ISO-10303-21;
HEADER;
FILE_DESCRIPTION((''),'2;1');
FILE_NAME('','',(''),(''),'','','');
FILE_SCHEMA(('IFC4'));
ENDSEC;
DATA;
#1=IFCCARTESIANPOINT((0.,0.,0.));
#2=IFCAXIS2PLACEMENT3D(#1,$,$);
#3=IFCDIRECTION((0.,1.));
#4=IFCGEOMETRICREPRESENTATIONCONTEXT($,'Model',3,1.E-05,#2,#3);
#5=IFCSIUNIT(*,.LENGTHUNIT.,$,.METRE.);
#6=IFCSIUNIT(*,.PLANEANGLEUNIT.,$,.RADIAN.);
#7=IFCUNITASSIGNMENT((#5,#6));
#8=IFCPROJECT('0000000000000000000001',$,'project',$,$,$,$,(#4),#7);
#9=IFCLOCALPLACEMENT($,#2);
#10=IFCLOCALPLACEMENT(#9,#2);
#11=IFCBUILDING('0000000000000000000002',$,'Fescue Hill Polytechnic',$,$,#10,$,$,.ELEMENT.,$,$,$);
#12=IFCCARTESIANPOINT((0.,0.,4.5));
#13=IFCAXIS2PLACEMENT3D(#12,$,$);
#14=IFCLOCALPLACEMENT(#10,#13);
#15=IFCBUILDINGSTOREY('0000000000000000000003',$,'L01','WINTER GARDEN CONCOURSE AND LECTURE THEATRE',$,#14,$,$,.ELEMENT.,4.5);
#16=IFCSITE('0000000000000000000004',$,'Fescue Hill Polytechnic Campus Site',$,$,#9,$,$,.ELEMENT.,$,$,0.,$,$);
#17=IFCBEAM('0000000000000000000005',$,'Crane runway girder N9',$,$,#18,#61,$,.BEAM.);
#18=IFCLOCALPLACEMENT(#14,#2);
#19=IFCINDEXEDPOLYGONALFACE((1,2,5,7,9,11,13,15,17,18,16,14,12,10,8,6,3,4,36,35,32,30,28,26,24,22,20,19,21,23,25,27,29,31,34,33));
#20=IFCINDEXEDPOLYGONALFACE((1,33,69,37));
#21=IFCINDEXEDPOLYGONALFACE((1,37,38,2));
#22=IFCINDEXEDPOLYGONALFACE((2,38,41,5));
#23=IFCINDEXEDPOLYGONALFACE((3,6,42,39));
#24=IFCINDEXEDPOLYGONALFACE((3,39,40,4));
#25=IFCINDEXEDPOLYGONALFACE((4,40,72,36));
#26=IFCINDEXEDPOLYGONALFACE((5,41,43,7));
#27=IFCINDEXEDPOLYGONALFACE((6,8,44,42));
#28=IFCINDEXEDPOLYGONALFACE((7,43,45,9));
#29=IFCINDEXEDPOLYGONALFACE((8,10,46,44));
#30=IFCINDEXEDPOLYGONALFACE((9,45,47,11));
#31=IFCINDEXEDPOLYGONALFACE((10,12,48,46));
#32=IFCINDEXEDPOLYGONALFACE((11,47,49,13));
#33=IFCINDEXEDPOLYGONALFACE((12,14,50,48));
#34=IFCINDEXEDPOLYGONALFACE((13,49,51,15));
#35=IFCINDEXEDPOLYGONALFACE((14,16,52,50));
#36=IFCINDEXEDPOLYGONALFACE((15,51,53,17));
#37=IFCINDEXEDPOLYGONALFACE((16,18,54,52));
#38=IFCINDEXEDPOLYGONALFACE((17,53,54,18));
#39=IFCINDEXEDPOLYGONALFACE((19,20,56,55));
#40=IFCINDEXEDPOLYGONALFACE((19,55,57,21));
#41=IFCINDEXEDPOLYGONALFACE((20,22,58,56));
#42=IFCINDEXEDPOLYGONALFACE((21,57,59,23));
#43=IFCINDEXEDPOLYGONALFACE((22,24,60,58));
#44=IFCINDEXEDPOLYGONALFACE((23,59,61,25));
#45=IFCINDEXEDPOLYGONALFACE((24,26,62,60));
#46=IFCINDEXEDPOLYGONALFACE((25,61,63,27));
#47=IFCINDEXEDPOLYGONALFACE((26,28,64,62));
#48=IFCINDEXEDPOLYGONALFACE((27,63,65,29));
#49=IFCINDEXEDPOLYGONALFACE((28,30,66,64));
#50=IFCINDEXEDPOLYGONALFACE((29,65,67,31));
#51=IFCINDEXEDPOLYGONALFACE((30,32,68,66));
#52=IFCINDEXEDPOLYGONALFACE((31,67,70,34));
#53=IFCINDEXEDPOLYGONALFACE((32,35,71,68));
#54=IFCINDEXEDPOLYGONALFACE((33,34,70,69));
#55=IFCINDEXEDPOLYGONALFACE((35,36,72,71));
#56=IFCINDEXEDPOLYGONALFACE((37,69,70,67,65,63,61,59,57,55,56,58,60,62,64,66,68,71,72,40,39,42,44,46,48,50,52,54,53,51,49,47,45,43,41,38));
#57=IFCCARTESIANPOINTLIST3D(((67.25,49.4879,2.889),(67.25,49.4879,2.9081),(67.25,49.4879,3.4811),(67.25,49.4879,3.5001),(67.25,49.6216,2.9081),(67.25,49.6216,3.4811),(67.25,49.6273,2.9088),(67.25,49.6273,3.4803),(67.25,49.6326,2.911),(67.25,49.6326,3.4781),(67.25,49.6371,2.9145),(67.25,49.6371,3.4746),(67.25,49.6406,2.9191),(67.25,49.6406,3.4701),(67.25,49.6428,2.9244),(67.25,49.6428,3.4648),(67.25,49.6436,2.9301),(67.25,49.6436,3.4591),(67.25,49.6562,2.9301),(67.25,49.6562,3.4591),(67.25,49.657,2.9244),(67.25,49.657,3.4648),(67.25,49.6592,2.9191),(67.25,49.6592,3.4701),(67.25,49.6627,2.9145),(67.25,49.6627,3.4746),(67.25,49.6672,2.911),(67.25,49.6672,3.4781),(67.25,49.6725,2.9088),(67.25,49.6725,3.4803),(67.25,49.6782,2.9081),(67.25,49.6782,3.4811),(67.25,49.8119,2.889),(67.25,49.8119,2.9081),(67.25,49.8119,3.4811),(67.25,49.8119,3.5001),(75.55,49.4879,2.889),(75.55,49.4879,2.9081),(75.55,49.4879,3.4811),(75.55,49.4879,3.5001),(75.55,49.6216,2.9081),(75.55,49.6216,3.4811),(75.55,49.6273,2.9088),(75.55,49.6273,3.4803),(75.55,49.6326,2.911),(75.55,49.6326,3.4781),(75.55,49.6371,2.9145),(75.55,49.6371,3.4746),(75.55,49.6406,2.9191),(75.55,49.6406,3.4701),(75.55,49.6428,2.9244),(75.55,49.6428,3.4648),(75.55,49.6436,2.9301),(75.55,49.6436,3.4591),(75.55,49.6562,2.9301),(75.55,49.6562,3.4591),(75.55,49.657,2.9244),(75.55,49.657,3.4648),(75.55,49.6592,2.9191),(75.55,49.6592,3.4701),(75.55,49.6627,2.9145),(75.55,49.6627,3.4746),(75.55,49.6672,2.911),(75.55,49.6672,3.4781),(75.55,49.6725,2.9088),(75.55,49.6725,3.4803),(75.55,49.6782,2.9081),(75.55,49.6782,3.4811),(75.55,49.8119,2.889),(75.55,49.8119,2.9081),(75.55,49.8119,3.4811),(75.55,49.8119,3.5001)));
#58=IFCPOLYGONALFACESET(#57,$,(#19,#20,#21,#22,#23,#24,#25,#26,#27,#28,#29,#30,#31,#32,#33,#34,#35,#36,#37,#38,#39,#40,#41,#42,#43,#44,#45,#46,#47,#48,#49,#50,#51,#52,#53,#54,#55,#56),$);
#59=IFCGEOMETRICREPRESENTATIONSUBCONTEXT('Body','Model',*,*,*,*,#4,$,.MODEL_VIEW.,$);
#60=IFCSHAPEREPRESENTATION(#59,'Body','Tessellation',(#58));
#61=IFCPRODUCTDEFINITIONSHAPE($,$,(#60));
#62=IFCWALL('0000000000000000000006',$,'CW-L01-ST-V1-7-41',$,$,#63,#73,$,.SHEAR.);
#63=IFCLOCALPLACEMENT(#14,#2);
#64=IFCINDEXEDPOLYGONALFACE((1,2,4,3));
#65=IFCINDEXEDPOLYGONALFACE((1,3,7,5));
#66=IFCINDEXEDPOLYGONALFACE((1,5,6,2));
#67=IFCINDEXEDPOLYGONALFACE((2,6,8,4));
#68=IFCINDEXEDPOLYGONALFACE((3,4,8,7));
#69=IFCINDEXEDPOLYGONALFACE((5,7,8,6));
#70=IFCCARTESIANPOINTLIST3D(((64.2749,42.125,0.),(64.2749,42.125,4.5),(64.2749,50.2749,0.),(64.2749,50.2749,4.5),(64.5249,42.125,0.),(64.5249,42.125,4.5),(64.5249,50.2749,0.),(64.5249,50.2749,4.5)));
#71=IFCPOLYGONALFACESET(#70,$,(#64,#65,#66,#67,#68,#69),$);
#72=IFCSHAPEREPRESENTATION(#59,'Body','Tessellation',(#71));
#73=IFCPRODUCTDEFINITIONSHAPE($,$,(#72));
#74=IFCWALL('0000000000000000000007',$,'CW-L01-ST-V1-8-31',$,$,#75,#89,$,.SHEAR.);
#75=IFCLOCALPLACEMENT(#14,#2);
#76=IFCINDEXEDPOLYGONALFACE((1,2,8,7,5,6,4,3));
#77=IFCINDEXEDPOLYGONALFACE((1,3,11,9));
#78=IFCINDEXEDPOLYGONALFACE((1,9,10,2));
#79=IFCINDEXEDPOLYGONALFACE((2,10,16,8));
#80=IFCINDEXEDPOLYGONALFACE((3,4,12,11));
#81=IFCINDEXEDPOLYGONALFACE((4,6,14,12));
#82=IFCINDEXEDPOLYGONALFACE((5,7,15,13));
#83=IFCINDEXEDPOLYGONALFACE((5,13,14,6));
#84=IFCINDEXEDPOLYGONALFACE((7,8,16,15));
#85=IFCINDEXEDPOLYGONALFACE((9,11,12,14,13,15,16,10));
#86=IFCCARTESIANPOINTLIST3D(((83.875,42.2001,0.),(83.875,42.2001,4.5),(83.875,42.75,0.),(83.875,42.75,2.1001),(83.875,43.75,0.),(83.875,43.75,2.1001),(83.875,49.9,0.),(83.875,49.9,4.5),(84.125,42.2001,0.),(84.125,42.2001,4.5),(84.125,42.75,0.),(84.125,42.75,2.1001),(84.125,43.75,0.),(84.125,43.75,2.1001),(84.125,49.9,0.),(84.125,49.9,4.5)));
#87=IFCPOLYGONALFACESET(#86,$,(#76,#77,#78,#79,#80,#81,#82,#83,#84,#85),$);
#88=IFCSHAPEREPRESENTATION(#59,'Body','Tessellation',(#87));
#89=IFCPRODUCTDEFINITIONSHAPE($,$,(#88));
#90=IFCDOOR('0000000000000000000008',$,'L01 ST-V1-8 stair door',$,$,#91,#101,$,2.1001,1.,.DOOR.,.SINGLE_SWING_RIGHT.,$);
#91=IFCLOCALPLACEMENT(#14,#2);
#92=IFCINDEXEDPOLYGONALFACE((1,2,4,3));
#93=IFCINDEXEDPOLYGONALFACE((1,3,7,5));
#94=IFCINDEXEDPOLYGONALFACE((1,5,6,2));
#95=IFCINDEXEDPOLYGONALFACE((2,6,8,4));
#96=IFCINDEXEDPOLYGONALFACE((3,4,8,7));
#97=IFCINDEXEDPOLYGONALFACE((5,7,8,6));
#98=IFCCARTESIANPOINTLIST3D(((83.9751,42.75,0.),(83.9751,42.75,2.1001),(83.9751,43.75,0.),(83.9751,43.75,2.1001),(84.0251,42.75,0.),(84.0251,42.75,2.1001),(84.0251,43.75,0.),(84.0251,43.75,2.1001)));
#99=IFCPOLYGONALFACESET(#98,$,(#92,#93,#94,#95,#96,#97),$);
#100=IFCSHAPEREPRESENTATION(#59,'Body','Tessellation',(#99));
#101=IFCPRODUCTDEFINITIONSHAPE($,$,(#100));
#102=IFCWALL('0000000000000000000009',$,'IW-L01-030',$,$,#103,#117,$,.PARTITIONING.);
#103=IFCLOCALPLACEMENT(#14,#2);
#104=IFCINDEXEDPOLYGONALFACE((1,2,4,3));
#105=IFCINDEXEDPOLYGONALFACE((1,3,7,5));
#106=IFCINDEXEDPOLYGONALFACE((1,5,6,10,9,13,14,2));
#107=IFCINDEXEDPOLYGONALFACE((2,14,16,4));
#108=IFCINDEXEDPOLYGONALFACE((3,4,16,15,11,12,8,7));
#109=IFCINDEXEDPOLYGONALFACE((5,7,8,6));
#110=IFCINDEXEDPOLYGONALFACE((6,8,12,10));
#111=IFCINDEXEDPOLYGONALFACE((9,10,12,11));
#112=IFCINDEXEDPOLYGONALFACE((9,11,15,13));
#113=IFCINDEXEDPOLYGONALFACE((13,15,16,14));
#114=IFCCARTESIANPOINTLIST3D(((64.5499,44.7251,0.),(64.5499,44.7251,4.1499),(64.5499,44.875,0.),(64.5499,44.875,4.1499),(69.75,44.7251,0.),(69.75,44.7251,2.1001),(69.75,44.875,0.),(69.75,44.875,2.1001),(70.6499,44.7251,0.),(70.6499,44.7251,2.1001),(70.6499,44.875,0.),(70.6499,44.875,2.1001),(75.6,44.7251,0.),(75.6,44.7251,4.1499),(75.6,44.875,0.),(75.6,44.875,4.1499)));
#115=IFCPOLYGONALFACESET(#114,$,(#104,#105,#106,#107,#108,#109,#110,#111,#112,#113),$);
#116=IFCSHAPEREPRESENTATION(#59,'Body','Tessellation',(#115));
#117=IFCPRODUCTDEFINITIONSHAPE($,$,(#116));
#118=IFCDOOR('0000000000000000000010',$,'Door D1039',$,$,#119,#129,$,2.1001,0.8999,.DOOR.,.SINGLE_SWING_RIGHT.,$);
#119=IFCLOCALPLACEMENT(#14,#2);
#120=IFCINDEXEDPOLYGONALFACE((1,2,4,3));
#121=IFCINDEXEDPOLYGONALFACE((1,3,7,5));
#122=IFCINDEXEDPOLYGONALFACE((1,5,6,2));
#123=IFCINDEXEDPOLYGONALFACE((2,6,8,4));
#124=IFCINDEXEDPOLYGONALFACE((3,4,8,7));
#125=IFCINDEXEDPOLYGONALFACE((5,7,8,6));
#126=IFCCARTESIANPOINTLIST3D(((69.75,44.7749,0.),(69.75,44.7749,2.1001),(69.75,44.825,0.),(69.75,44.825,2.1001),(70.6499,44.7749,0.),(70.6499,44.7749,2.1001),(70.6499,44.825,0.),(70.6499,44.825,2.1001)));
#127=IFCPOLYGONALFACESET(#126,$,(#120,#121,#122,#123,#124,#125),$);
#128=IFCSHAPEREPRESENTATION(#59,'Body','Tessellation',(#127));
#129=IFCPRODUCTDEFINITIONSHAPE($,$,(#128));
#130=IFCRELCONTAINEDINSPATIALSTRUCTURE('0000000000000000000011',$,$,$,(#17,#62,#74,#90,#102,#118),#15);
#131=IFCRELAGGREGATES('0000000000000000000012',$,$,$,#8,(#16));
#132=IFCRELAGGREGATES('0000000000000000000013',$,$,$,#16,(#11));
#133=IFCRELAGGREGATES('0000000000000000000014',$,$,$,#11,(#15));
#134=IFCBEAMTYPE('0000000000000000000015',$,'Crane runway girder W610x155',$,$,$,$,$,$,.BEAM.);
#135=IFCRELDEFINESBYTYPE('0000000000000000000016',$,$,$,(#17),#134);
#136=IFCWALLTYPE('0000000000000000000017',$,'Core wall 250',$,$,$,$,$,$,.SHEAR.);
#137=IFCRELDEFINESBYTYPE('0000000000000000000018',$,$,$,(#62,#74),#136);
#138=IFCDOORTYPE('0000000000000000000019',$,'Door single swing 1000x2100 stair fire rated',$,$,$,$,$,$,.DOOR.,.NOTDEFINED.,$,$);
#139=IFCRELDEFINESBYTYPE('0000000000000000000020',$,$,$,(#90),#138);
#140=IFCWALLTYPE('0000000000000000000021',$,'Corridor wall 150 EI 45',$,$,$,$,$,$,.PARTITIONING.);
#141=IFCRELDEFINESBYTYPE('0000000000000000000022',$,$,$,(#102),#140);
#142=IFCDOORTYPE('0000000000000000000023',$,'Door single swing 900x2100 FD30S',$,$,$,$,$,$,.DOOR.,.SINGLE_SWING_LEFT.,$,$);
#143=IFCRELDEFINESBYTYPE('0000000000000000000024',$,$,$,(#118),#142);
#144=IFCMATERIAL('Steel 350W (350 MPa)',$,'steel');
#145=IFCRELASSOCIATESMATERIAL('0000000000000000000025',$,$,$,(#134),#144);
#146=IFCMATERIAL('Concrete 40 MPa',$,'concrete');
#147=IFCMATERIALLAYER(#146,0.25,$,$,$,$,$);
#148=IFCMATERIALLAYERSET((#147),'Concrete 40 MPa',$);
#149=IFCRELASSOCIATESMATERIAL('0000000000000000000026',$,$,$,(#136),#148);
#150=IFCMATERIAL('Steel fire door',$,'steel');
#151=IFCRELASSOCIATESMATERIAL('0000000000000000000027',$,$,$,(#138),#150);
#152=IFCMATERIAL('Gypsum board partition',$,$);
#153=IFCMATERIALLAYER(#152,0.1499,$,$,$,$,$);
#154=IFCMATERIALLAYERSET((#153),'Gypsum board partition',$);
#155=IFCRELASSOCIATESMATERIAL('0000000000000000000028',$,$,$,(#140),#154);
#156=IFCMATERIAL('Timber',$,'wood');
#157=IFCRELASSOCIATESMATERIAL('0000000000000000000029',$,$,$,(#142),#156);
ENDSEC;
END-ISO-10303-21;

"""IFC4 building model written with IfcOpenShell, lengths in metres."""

from ifc_helpers import new_model, si_unit, direction, frame, frame_2d, origin, origin_2d, place, context, subcontext, project, spatial, rectangle, i_section, extrude, material, layer, layer_set, material_profile, profile_set, type_object, element, fill, save


model = new_model("IFC4")

# Units and contexts
model_context = context("Model", 3, precision=1e-05, world=origin(), true_north=direction((0.0, 1.0)))
body_context = subcontext(model_context, "Body", "Model", "MODEL_VIEW")
ifc_project = project(units=[si_unit("LENGTHUNIT", "METRE"), si_unit("PLANEANGLEUNIT", "RADIAN")], contexts=[model_context])

# Site, building, storey
site_placement = place(None, origin())
site = spatial("IfcSite", under=ifc_project, at=site_placement, Name="Fescue Hill Polytechnic Campus Site", CompositionType="ELEMENT", RefElevation=0.0)
building_placement = place(site_placement, origin())
building = spatial("IfcBuilding", under=site, at=building_placement, Name="Fescue Hill Polytechnic", CompositionType="ELEMENT")
storey_placement = place(building_placement, frame((0.0, 0.0, 4.5)))
storey = spatial("IfcBuildingStorey", under=building, at=storey_placement, Name="L01", Description="WINTER GARDEN CONCOURSE AND LECTURE THEATRE", CompositionType="ELEMENT", Elevation=4.5)

# Beam
ifc_material_1 = material(Name="Steel 350W (350 MPa)", Category="steel")
ifc_material_profile = material_profile(ifc_material_1, i_section(OverallWidth=0.324, OverallDepth=0.6111, WebThickness=0.0127, FlangeThickness=0.019, FilletRadius=0.022, at=origin_2d()), Name="W610x155")
ifc_profile_set = profile_set([ifc_material_profile], Name="Steel 350W (350 MPa)")
beam_type = type_object("IfcBeamType", Name="Crane runway girder W610x155", PredefinedType="BEAM", material=ifc_profile_set)
beam_placement = place(storey_placement, frame((67.25, 49.6499, 3.1946), z_axis=(1.0, 0.0, 0.0), x_axis=(0.0, 1.0, 0.0)))
element("IfcBeam", 1, at=beam_placement, inside=storey, type_object=beam_type, Name="Crane runway girder N9", PredefinedType="BEAM", context=body_context, shape_type="SweptSolid", body=[
    extrude(i_section(OverallWidth=0.324, OverallDepth=0.6111, WebThickness=0.0127, FlangeThickness=0.019, FilletRadius=0.022, at=origin_2d()), origin(), (0.0, 0.0, 1.0), 8.3),
])

# Wall
ifc_material_2 = material(Name="Concrete 40 MPa", Category="concrete")
ifc_layer_1 = layer(ifc_material_2, 0.25)
ifc_layer_set_1 = layer_set([ifc_layer_1], Name="Concrete 40 MPa")
wall_type_1 = type_object("IfcWallType", Name="Core wall 250", PredefinedType="SHEAR", material=ifc_layer_set_1)
wall_1_placement = place(storey_placement, frame((64.3999, 42.125, 0.0), z_axis=(0.0, 0.0, 1.0), x_axis=(0.0, 1.0, 0.0)))
element("IfcWall", 2, at=wall_1_placement, inside=storey, type_object=wall_type_1, Name="CW-L01-ST-V1-7-41", PredefinedType="SHEAR", context=body_context, shape_type="SweptSolid", body=[
    extrude(rectangle(XDim=8.1499, YDim=0.25, at=frame_2d((4.075, 0.0))), origin(), (0.0, 0.0, 1.0), 4.5),
])

# Walls, openings, doors
wall_2_placement = place(storey_placement, frame((84.0, 42.2, 0.0), z_axis=(0.0, 0.0, 1.0), x_axis=(0.0, 1.0, 0.0)))
wall_2 = element("IfcWall", 3, at=wall_2_placement, inside=storey, type_object=wall_type_1, Name="CW-L01-ST-V1-8-31", PredefinedType="SHEAR", context=body_context, shape_type="SweptSolid", body=[
    extrude(rectangle(XDim=7.7, YDim=0.25, at=frame_2d((3.8501, 0.0))), origin(), (0.0, 0.0, 1.0), 4.5),
])
opening_1_placement = place(wall_2_placement, frame((0.55, 0.0, 0.0)))
opening_1 = element("IfcOpeningElement", 4, at=opening_1_placement, cuts=wall_2, PredefinedType="OPENING", context=body_context, shape_type="SweptSolid", body=[
    extrude(rectangle(XDim=1.0, YDim=2.1001, at=frame_2d((0.5, 1.05))), frame((0.0, 0.135, 0.0), z_axis=(0.0, -1.0, 0.0), x_axis=(1.0, 0.0, 0.0)), (0.0, 0.0, 1.0), 0.27),
])
ifc_material_3 = material(Name="Steel fire door", Category="steel")
door_type_1 = type_object("IfcDoorType", Name="Door single swing 1000x2100 stair fire rated", OperationType="NOTDEFINED", PredefinedType="DOOR", material=ifc_material_3)
door_1_placement = place(opening_1_placement, origin())
door_1 = element("IfcDoor", 5, at=door_1_placement, inside=storey, type_object=door_type_1, Name="L01 ST-V1-8 stair door", OperationType="SINGLE_SWING_RIGHT", OverallHeight=2.1001, OverallWidth=1.0, PredefinedType="DOOR", context=body_context, shape_type="SweptSolid", body=[
    extrude(rectangle(XDim=1.0, YDim=2.1001, at=frame_2d((0.5, 1.05))), frame((0.0, 0.0249, 0.0), z_axis=(0.0, -1.0, 0.0), x_axis=(1.0, 0.0, 0.0)), (0.0, 0.0, 1.0), 0.05),
])
fill(opening_1, door_1)
ifc_material_4 = material(Name="Gypsum board partition")
ifc_layer_2 = layer(ifc_material_4, 0.1499)
ifc_layer_set_2 = layer_set([ifc_layer_2], Name="Gypsum board partition")
wall_type_2 = type_object("IfcWallType", Name="Corridor wall 150 EI 45", PredefinedType="PARTITIONING", material=ifc_layer_set_2)
wall_3_placement = place(storey_placement, frame((64.55, 44.8, 0.0), z_axis=(0.0, 0.0, 1.0), x_axis=(1.0, 0.0, 0.0)))
wall_3 = element("IfcWall", 6, at=wall_3_placement, inside=storey, type_object=wall_type_2, Name="IW-L01-030", PredefinedType="PARTITIONING", context=body_context, shape_type="SweptSolid", body=[
    extrude(rectangle(XDim=11.05, YDim=0.1499, at=frame_2d((5.5249, 0.0))), origin(), (0.0, 0.0, 1.0), 4.1499),
])
opening_2_placement = place(wall_3_placement, frame((5.2, 0.0, 0.0)))
opening_2 = element("IfcOpeningElement", 7, at=opening_2_placement, cuts=wall_3, PredefinedType="OPENING", context=body_context, shape_type="SweptSolid", body=[
    extrude(rectangle(XDim=0.8999, YDim=2.1001, at=frame_2d((0.45, 1.05))), frame((0.0, 0.085, 0.0), z_axis=(0.0, -1.0, 0.0), x_axis=(1.0, 0.0, 0.0)), (0.0, 0.0, 1.0), 0.1699),
])
ifc_material_5 = material(Name="Timber", Category="wood")
door_type_2 = type_object("IfcDoorType", Name="Door single swing 900x2100 FD30S", OperationType="SINGLE_SWING_LEFT", PredefinedType="DOOR", material=ifc_material_5)
door_2_placement = place(opening_2_placement, origin())
door_2 = element("IfcDoor", 8, at=door_2_placement, inside=storey, type_object=door_type_2, Name="Door D1039", OperationType="SINGLE_SWING_RIGHT", OverallHeight=2.1001, OverallWidth=0.8999, PredefinedType="DOOR", context=body_context, shape_type="SweptSolid", body=[
    extrude(rectangle(XDim=0.8999, YDim=2.1001, at=frame_2d((0.45, 1.05))), frame((0.0, 0.0249, 0.0), z_axis=(0.0, -1.0, 0.0), x_axis=(1.0, 0.0, 0.0)), (0.0, 0.0, 1.0), 0.05),
])
fill(opening_2, door_2)

save(model, "model.ifc")
